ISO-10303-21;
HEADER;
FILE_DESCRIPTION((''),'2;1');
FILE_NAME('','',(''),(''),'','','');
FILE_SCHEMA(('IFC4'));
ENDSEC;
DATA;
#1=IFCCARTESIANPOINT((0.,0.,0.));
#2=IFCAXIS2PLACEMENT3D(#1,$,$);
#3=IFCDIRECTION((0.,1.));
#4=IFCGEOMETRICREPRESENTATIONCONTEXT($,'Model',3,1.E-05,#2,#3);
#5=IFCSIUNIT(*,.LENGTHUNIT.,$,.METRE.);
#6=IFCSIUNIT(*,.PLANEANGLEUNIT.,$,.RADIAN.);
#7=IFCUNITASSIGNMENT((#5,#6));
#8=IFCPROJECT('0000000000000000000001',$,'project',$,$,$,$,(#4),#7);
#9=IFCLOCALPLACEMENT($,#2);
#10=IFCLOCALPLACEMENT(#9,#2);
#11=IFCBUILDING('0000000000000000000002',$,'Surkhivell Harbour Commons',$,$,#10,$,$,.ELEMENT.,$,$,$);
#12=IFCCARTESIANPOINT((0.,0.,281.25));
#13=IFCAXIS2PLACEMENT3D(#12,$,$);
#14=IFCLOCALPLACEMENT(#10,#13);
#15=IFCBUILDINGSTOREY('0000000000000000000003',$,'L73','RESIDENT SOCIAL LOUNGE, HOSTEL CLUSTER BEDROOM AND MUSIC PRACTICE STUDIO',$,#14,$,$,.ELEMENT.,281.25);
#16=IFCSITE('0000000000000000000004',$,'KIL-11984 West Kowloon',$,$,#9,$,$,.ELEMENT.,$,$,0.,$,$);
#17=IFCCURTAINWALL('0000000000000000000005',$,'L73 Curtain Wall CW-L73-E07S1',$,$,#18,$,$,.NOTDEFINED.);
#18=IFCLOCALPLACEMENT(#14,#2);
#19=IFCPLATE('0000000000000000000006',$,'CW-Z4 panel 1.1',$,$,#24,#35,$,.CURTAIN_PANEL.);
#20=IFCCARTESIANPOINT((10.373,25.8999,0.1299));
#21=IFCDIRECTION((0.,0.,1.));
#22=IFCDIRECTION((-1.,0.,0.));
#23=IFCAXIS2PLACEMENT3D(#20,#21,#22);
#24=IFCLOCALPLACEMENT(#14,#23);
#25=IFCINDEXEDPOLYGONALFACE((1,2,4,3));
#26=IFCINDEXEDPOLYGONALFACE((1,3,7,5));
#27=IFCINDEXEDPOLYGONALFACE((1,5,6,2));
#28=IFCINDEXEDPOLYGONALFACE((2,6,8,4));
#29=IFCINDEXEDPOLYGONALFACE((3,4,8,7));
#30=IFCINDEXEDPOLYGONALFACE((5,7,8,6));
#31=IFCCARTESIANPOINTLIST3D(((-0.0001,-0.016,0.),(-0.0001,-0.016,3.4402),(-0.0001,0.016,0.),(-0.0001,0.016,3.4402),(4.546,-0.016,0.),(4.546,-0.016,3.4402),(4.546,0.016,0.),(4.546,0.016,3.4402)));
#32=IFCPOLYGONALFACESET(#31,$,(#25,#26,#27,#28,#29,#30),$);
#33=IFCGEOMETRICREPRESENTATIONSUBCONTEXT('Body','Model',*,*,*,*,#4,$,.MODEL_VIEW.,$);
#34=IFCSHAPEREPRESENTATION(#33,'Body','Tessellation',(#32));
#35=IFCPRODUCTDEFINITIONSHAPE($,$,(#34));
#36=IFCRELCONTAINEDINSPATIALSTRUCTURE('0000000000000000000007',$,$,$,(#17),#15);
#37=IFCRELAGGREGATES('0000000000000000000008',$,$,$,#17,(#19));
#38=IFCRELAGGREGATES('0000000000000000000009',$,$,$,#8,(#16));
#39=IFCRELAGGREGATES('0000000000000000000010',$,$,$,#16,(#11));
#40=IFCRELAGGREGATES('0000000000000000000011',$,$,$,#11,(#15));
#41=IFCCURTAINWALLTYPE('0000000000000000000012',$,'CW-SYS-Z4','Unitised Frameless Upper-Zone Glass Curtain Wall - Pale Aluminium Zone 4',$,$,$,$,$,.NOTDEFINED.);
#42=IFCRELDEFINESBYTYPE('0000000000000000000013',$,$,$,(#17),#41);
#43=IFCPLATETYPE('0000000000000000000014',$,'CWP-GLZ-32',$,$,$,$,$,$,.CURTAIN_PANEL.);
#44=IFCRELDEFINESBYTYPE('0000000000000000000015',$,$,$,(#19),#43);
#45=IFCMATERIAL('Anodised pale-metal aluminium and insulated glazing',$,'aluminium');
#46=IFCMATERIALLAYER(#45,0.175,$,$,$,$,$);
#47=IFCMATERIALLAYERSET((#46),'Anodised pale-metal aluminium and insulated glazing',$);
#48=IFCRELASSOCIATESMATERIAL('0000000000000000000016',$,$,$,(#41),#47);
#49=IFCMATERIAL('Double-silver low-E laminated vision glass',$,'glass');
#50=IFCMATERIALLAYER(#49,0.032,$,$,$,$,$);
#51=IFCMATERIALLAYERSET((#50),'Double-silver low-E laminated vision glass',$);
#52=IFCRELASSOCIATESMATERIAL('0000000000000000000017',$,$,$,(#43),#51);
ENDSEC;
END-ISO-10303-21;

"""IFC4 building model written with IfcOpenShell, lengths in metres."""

from ifc_helpers import new_model, si_unit, direction, frame, frame_2d, origin, place, context, subcontext, project, spatial, rectangle, extrude, material, layer, layer_set, type_object, element, aggregate, save


model = new_model("IFC4")

# Units and contexts
model_context = context("Model", 3, precision=1e-05, world=origin(), true_north=direction((0.0, 1.0)))
body_context = subcontext(model_context, "Body", "Model", "MODEL_VIEW")
ifc_project = project(units=[si_unit("LENGTHUNIT", "METRE"), si_unit("PLANEANGLEUNIT", "RADIAN")], contexts=[model_context])

# Site, building, storey
site_placement = place(None, origin())
site = spatial("IfcSite", under=ifc_project, at=site_placement, Name="KIL-11984 West Kowloon", CompositionType="ELEMENT", RefElevation=0.0)
building_placement = place(site_placement, origin())
building = spatial("IfcBuilding", under=site, at=building_placement, Name="Surkhivell Harbour Commons", CompositionType="ELEMENT")
storey_placement = place(building_placement, frame((0.0, 0.0, 281.25)))
storey = spatial("IfcBuildingStorey", under=building, at=storey_placement, Name="L73", Description="RESIDENT SOCIAL LOUNGE, HOSTEL CLUSTER BEDROOM AND MUSIC PRACTICE STUDIO", CompositionType="ELEMENT", Elevation=281.25)

# Curtain wall
ifc_material_1 = material(Name="Anodised pale-metal aluminium and insulated glazing", Category="aluminium")
ifc_layer_1 = layer(ifc_material_1, 0.175)
ifc_layer_set_1 = layer_set([ifc_layer_1], Name="Anodised pale-metal aluminium and insulated glazing")
curtain_wall_type = type_object("IfcCurtainWallType", Name="CW-SYS-Z4", Description="Unitised Frameless Upper-Zone Glass Curtain Wall - Pale Aluminium Zone 4", PredefinedType="NOTDEFINED", material=ifc_layer_set_1)
curtain_wall_1_placement = place(storey_placement, origin())
curtain_wall_1 = element("IfcCurtainWall", 1, at=curtain_wall_1_placement, inside=storey, type_object=curtain_wall_type, Name="L73 Curtain Wall CW-L73-E07S1", PredefinedType="NOTDEFINED")

# Plate
ifc_material_2 = material(Name="Double-silver low-E laminated vision glass", Category="glass")
ifc_layer_2 = layer(ifc_material_2, 0.032)
ifc_layer_set_2 = layer_set([ifc_layer_2], Name="Double-silver low-E laminated vision glass")
plate_type = type_object("IfcPlateType", Name="CWP-GLZ-32", PredefinedType="CURTAIN_PANEL", material=ifc_layer_set_2)
plate_1_placement = place(storey_placement, frame((10.373, 25.8999, 0.1299), z_axis=(0.0, 0.0, 1.0), x_axis=(-1.0, 0.0, 0.0)))
plate_1 = element("IfcPlate", 2, at=plate_1_placement, type_object=plate_type, Name="CW-Z4 panel 1.1", PredefinedType="CURTAIN_PANEL", context=body_context, shape_type="SweptSolid", body=[
    extrude(rectangle(XDim=4.5461, YDim=0.032, at=frame_2d((2.2729, 0.0))), origin(), (0.0, 0.0, 1.0), 3.4402),
])
aggregate(curtain_wall_1, [plate_1])

save(model, "model.ifc")
